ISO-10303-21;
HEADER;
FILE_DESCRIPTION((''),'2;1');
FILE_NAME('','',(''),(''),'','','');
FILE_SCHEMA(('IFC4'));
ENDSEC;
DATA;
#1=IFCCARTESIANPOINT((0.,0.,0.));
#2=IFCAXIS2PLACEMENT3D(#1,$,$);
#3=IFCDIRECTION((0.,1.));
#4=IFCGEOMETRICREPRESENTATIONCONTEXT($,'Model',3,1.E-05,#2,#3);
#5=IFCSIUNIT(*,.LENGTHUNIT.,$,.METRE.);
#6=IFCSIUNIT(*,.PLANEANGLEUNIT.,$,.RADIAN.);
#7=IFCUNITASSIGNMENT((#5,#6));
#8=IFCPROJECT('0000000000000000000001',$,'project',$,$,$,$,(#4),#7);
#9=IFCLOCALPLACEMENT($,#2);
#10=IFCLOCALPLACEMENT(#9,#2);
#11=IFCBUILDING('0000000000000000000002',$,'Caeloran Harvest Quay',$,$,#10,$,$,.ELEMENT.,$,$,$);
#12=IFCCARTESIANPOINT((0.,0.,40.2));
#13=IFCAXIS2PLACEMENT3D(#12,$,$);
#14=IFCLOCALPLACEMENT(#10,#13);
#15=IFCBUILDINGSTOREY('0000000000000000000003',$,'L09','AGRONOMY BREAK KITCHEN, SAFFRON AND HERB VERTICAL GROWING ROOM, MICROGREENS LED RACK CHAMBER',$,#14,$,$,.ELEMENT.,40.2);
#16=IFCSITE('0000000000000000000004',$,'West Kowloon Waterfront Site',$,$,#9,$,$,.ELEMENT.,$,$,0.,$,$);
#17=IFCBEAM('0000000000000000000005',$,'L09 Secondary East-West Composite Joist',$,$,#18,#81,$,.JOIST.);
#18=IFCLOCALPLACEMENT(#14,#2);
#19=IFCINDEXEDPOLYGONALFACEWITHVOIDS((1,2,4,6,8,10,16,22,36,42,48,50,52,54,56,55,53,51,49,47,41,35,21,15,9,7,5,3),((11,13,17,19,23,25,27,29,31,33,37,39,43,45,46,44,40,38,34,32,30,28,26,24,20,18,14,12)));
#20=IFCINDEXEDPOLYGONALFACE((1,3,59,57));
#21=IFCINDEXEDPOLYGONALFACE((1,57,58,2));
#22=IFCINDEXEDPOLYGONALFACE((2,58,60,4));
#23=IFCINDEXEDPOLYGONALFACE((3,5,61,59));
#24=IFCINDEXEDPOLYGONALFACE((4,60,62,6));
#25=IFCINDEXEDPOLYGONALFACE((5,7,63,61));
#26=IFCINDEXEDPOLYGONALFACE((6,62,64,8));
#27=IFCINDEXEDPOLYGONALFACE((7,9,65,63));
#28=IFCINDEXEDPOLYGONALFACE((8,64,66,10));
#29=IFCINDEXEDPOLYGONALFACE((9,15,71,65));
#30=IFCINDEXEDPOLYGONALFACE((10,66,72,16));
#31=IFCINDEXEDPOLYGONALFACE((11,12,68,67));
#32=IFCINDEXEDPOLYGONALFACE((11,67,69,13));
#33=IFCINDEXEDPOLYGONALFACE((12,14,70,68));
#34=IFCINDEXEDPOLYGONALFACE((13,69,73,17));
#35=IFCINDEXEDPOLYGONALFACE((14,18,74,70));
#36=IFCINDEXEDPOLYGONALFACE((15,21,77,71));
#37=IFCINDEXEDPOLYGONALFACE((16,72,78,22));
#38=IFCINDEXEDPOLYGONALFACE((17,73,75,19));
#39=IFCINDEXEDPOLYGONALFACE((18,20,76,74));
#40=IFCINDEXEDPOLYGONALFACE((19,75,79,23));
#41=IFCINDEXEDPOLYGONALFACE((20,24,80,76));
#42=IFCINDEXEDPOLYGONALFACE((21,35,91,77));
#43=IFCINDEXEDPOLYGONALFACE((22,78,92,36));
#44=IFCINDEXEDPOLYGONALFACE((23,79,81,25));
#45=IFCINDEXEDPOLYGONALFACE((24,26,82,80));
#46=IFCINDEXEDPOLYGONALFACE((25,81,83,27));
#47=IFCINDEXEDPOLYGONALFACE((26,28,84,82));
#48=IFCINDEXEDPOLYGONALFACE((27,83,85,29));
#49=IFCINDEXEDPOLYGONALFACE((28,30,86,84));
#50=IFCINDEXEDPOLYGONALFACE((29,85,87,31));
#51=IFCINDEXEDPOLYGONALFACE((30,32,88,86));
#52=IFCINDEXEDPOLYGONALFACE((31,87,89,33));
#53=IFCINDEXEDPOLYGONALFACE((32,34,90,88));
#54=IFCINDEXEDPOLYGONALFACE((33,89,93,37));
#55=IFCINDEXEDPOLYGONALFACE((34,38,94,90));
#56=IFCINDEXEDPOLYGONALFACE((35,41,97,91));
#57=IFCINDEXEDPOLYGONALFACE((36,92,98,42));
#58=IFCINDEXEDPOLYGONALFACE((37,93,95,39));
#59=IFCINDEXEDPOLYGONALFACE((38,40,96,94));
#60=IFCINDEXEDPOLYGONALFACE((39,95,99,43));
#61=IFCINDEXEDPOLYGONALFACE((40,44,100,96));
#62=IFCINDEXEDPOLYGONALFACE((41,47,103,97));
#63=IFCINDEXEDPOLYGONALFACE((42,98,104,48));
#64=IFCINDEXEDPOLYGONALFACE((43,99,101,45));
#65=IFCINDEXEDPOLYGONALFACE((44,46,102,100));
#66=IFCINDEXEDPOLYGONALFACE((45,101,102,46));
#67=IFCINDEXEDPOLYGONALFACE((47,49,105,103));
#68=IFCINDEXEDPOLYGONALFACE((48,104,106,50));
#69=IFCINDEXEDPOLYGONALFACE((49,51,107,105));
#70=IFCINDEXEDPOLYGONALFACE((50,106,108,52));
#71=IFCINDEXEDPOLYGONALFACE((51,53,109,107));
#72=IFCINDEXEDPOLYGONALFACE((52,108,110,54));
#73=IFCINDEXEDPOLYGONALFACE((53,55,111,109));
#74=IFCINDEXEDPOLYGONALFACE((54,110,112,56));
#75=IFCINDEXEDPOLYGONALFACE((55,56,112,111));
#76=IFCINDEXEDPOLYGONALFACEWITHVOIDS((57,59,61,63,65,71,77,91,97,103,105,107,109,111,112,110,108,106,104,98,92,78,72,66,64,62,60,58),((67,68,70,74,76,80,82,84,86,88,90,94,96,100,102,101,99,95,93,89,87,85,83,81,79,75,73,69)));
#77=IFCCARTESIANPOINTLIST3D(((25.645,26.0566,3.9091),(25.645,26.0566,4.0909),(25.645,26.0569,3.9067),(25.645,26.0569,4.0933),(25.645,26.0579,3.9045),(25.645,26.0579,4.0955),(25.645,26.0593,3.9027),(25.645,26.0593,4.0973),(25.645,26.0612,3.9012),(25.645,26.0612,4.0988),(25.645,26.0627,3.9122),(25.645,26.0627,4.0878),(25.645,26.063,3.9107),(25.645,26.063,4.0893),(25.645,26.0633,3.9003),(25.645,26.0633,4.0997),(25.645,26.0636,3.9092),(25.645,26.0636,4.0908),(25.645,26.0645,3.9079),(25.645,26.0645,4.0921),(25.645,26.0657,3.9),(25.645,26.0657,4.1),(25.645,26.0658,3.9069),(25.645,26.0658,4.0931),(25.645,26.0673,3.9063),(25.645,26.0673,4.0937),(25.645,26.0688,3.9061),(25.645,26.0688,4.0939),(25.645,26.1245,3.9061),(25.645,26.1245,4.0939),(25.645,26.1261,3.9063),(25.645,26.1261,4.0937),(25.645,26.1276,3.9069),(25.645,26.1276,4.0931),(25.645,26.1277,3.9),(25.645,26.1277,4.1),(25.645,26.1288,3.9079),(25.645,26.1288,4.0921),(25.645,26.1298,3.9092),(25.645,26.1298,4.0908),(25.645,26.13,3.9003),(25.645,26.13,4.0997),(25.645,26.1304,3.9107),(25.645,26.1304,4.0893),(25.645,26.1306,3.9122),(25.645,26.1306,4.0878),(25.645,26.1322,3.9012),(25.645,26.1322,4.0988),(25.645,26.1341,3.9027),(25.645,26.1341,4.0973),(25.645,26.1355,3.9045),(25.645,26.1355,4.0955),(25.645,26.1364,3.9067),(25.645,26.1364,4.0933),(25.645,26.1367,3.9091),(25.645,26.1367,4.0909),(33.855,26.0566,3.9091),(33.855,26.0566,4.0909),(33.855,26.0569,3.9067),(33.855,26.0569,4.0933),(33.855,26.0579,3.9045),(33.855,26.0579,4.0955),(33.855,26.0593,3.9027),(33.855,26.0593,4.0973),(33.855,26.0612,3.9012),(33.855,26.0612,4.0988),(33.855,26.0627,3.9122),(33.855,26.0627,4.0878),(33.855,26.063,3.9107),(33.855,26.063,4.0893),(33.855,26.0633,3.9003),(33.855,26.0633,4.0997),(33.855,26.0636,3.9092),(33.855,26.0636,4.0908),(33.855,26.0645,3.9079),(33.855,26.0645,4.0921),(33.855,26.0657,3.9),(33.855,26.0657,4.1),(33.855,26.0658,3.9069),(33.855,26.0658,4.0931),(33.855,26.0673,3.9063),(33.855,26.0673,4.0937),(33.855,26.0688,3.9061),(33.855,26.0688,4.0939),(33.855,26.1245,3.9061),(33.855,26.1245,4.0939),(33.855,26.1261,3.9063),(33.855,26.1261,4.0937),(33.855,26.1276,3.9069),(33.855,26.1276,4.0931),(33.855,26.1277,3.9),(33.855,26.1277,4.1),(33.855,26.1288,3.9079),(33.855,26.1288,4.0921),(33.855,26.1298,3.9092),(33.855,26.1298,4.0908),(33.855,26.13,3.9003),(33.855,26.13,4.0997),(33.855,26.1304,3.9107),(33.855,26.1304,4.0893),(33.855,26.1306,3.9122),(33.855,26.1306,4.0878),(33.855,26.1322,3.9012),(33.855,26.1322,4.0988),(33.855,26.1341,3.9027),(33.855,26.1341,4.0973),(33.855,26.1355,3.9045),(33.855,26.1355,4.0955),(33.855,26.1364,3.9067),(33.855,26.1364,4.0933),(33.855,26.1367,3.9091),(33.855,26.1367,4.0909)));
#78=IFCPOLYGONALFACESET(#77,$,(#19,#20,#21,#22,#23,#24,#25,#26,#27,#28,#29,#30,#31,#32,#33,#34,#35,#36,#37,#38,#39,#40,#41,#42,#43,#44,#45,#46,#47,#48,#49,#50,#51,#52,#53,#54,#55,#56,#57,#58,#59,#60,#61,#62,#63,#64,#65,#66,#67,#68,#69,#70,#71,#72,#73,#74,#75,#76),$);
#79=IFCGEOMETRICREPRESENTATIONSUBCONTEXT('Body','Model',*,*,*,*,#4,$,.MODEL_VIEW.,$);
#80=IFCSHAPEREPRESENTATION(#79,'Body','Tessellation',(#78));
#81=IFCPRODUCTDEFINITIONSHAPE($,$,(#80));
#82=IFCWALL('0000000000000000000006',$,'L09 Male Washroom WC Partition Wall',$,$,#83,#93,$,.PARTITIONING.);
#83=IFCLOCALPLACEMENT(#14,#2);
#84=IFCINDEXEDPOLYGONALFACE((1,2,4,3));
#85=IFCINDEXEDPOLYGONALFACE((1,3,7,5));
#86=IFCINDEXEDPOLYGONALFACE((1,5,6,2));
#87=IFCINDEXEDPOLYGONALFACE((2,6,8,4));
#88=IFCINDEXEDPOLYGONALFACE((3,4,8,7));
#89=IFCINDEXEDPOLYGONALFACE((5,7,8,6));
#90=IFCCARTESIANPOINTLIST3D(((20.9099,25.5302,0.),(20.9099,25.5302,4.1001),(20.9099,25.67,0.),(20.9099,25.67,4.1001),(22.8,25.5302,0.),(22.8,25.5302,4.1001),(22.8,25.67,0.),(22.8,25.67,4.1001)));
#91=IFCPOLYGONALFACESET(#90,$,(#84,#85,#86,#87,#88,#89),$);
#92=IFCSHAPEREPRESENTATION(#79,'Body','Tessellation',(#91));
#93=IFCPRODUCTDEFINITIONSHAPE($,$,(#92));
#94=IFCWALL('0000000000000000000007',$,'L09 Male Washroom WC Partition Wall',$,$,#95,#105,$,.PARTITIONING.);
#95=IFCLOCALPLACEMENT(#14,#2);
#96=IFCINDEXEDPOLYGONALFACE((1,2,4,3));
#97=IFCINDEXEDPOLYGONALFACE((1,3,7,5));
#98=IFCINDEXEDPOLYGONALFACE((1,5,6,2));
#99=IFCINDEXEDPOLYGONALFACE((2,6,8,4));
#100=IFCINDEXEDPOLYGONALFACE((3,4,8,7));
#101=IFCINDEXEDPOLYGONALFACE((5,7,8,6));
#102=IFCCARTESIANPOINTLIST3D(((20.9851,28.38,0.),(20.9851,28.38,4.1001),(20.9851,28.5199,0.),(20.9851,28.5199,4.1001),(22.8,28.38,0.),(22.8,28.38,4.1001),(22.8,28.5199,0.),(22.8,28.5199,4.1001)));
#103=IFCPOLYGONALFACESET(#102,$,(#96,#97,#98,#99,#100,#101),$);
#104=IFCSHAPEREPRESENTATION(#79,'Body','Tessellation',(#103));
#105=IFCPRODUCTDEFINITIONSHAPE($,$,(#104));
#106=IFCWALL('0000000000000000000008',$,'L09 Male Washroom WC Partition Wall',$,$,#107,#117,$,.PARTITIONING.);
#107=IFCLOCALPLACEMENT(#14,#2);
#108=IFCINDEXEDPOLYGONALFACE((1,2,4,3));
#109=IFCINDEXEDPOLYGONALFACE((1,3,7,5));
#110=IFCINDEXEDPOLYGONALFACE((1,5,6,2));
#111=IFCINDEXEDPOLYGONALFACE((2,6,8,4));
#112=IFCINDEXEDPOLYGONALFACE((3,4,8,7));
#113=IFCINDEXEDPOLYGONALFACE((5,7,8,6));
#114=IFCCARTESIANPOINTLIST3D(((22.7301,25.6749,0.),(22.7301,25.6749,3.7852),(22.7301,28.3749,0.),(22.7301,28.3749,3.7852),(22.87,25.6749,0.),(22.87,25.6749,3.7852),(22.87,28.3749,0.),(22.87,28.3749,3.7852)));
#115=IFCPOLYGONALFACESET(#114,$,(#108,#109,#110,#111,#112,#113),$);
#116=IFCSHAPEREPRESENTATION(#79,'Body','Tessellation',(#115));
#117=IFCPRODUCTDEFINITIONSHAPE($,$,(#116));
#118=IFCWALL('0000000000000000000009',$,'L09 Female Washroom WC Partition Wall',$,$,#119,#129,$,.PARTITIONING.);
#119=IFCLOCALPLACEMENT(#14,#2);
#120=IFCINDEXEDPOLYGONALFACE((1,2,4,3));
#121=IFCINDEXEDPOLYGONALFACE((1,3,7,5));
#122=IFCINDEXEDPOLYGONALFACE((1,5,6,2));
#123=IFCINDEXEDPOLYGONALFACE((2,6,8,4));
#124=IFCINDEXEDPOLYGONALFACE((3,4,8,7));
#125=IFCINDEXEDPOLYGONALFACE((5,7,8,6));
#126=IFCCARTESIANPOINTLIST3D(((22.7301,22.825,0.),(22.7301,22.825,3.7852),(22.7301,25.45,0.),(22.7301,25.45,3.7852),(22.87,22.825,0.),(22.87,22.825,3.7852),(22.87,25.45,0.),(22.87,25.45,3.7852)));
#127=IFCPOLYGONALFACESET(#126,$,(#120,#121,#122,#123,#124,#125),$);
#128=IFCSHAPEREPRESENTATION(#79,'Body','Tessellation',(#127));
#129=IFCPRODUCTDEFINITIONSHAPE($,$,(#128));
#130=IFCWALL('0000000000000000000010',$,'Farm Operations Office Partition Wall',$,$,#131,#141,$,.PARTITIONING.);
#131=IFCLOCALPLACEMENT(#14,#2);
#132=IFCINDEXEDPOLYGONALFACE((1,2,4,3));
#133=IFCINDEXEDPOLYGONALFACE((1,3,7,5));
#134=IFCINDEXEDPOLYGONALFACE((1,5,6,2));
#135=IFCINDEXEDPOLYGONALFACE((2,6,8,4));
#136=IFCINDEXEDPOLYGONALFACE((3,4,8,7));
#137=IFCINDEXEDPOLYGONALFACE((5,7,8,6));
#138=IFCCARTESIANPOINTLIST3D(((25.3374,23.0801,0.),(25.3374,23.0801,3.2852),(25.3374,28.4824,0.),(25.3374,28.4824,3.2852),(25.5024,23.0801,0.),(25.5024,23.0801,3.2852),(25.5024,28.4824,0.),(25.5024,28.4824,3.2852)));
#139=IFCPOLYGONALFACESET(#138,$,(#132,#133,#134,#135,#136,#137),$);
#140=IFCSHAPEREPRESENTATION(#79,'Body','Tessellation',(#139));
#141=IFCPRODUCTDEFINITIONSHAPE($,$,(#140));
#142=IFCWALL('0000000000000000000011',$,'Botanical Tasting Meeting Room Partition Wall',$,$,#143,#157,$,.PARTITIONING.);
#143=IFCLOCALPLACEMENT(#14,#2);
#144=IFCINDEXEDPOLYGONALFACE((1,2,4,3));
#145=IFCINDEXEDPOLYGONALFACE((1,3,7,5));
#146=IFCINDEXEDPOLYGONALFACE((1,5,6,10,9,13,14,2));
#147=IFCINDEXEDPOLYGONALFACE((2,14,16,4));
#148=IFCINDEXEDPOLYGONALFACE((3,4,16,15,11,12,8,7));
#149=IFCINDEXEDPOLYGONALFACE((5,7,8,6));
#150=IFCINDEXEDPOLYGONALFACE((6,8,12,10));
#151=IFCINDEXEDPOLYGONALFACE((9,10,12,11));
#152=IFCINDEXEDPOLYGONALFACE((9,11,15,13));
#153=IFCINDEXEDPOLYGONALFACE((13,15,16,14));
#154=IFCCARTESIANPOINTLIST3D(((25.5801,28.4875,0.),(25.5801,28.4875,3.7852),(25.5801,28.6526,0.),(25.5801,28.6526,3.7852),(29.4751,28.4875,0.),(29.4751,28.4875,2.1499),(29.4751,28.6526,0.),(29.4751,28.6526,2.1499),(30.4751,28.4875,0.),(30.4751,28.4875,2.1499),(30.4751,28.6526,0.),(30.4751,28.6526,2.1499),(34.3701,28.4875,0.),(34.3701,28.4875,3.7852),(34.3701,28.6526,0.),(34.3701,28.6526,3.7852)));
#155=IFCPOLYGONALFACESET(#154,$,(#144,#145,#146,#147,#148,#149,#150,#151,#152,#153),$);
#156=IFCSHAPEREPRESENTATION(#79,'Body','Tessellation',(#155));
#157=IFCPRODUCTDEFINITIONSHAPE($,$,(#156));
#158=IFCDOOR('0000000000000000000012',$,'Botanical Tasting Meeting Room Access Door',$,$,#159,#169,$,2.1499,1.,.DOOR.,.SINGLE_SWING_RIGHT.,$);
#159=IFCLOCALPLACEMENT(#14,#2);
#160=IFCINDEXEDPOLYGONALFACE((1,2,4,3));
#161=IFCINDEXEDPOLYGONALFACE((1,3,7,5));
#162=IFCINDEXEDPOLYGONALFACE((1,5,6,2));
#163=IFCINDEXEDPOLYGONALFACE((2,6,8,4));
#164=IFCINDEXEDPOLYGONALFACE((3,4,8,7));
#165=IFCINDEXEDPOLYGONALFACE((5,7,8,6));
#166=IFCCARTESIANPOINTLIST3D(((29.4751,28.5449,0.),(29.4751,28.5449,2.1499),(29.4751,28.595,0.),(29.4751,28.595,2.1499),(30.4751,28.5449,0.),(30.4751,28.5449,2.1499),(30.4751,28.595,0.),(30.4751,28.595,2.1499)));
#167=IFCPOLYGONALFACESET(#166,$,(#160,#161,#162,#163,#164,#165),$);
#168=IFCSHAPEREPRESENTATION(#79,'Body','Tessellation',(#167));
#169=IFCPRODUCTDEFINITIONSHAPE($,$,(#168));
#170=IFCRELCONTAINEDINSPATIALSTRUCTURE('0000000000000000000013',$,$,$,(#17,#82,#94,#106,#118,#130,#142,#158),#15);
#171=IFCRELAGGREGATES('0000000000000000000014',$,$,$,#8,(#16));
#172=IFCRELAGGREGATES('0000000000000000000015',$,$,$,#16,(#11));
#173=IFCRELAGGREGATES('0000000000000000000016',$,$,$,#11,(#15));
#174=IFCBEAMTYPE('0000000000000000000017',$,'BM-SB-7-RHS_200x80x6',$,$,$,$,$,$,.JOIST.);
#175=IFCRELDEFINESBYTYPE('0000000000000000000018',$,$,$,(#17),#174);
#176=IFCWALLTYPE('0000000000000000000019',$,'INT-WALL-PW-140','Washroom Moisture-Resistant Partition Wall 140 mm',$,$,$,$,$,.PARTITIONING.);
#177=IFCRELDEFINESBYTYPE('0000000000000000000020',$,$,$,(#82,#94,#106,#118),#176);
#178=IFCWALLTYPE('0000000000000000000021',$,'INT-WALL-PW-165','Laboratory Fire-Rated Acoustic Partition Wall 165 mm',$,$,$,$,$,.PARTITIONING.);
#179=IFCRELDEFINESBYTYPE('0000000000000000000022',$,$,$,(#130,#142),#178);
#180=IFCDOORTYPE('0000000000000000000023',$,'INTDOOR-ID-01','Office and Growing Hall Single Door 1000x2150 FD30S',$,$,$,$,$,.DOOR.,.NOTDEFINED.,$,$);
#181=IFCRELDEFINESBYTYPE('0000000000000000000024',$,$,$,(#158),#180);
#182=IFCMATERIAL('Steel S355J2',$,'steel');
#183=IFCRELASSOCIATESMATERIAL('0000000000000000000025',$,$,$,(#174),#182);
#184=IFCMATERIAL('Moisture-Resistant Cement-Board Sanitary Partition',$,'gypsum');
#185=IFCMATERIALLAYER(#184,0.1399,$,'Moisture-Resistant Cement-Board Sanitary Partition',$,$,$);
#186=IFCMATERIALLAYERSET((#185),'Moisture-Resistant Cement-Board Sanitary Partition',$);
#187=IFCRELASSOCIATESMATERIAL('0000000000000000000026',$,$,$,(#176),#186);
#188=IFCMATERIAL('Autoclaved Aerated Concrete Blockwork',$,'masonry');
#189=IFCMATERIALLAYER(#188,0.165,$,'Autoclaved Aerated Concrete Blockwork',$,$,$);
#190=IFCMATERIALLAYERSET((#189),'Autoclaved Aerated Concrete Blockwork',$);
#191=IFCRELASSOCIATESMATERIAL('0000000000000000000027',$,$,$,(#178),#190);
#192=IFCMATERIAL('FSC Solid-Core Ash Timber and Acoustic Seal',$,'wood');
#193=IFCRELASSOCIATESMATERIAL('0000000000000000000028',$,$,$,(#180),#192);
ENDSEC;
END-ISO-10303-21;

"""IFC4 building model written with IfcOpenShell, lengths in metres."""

from ifc_helpers import new_model, si_unit, direction, frame, frame_2d, origin, origin_2d, place, context, subcontext, project, spatial, rectangle, hollow_rectangle, extrude, material, layer, layer_set, material_profile, profile_set, type_object, element, fill, save


model = new_model("IFC4")

# Units and contexts
model_context = context("Model", 3, precision=1e-05, world=origin(), true_north=direction((0.0, 1.0)))
body_context = subcontext(model_context, "Body", "Model", "MODEL_VIEW")
ifc_project = project(units=[si_unit("LENGTHUNIT", "METRE"), si_unit("PLANEANGLEUNIT", "RADIAN")], contexts=[model_context])

# Site, building, storey
site_placement = place(None, origin())
site = spatial("IfcSite", under=ifc_project, at=site_placement, Name="West Kowloon Waterfront Site", CompositionType="ELEMENT", RefElevation=0.0)
building_placement = place(site_placement, origin())
building = spatial("IfcBuilding", under=site, at=building_placement, Name="Caeloran Harvest Quay", CompositionType="ELEMENT")
storey_placement = place(building_placement, frame((0.0, 0.0, 40.2)))
storey = spatial("IfcBuildingStorey", under=building, at=storey_placement, Name="L09", Description="AGRONOMY BREAK KITCHEN, SAFFRON AND HERB VERTICAL GROWING ROOM, MICROGREENS LED RACK CHAMBER", CompositionType="ELEMENT", Elevation=40.2)

# Beam
ifc_material_1 = material(Name="Steel S355J2", Category="steel")
ifc_material_profile_1 = material_profile(ifc_material_1, hollow_rectangle(XDim=0.0801, YDim=0.2, WallThickness=0.0061, InnerFilletRadius=0.0061, OuterFilletRadius=0.009, at=origin_2d()), Name="RHS 200x80x6")
ifc_profile_set_1 = profile_set([ifc_material_profile_1], Name="Steel S355J2")
beam_type_1 = type_object("IfcBeamType", Name="BM-SB-7-RHS_200x80x6", PredefinedType="JOIST", material=ifc_profile_set_1)
for number, where, z_axis, x_axis, name in (
    (1, (25.645, 26.0967, 4.0), (1.0, 0.0, 0.0), (0.0, 1.0, 0.0), "L09 Secondary East-West Composite Joist"),
):
    element("IfcBeam", number, at=place(storey_placement, frame(where, z_axis=z_axis, x_axis=x_axis)), inside=storey, type_object=beam_type_1, Name=name, PredefinedType="JOIST", context=body_context, shape_type="SweptSolid", body=[
        extrude(hollow_rectangle(XDim=0.0801, YDim=0.2, WallThickness=0.0061, InnerFilletRadius=0.0061, OuterFilletRadius=0.009, at=origin_2d()), origin(), (0.0, 0.0, 1.0), 8.21),
    ])

# Wall
ifc_material_2 = material(Name="Moisture-Resistant Cement-Board Sanitary Partition", Category="gypsum")
ifc_layer_1 = layer(ifc_material_2, 0.1399, Name="Moisture-Resistant Cement-Board Sanitary Partition")
ifc_layer_set_1 = layer_set([ifc_layer_1], Name="Moisture-Resistant Cement-Board Sanitary Partition")
wall_type_1 = type_object("IfcWallType", Name="INT-WALL-PW-140", Description="Washroom Moisture-Resistant Partition Wall 140 mm", PredefinedType="PARTITIONING", material=ifc_layer_set_1)
wall_1_placement = place(storey_placement, frame((22.8, 25.6001, 0.0), z_axis=(0.0, 0.0, 1.0), x_axis=(-1.0, 0.0, 0.0)))
element("IfcWall", 2, at=wall_1_placement, inside=storey, type_object=wall_type_1, Name="L09 Male Washroom WC Partition Wall", PredefinedType="PARTITIONING", context=body_context, shape_type="SweptSolid", body=[
    extrude(rectangle(XDim=1.8901, YDim=0.1399, at=frame_2d((0.9451, 0.0))), origin(), (0.0, 0.0, 1.0), 4.1001),
])

# Walls
wall_2_placement = place(storey_placement, frame((20.9851, 28.45, 0.0), z_axis=(0.0, 0.0, 1.0), x_axis=(1.0, 0.0, 0.0)))
element("IfcWall", 3, at=wall_2_placement, inside=storey, type_object=wall_type_1, Name="L09 Male Washroom WC Partition Wall", PredefinedType="PARTITIONING", context=body_context, shape_type="SweptSolid", body=[
    extrude(rectangle(XDim=1.8149, YDim=0.1399, at=frame_2d((0.9075, 0.0))), origin(), (0.0, 0.0, 1.0), 4.1001),
])
wall_3_placement = place(storey_placement, frame((22.8, 28.375, 0.0), z_axis=(0.0, 0.0, 1.0), x_axis=(0.0, -1.0, 0.0)))
element("IfcWall", 4, at=wall_3_placement, inside=storey, type_object=wall_type_1, Name="L09 Male Washroom WC Partition Wall", PredefinedType="PARTITIONING", context=body_context, shape_type="SweptSolid", body=[
    extrude(rectangle(XDim=2.7, YDim=0.1399, at=frame_2d((1.3501, 0.0))), origin(), (0.0, 0.0, 1.0), 3.7852),
])
wall_4_placement = place(storey_placement, frame((22.8, 25.45, 0.0), z_axis=(0.0, 0.0, 1.0), x_axis=(0.0, -1.0, 0.0)))
element("IfcWall", 5, at=wall_4_placement, inside=storey, type_object=wall_type_1, Name="L09 Female Washroom WC Partition Wall", PredefinedType="PARTITIONING", context=body_context, shape_type="SweptSolid", body=[
    extrude(rectangle(XDim=2.625, YDim=0.1399, at=frame_2d((1.3125, 0.0))), origin(), (0.0, 0.0, 1.0), 3.7852),
])

# Shared definitions
ifc_material_3 = material(Name="Autoclaved Aerated Concrete Blockwork", Category="masonry")
ifc_layer_2 = layer(ifc_material_3, 0.165, Name="Autoclaved Aerated Concrete Blockwork")
ifc_layer_set_2 = layer_set([ifc_layer_2], Name="Autoclaved Aerated Concrete Blockwork")
wall_type_2 = type_object("IfcWallType", Name="INT-WALL-PW-165", Description="Laboratory Fire-Rated Acoustic Partition Wall 165 mm", PredefinedType="PARTITIONING", material=ifc_layer_set_2)
ifc_material_4 = material(Name="FSC Solid-Core Ash Timber and Acoustic Seal", Category="wood")
door_type_1 = type_object("IfcDoorType", Name="INTDOOR-ID-01", Description="Office and Growing Hall Single Door 1000x2150 FD30S", OperationType="NOTDEFINED", PredefinedType="DOOR", material=ifc_material_4)

# Wall
wall_5_placement = place(storey_placement, frame((25.4199, 28.4824, 0.0), z_axis=(0.0, 0.0, 1.0), x_axis=(0.0, -1.0, 0.0)))
element("IfcWall", 6, at=wall_5_placement, inside=storey, type_object=wall_type_2, Name="Farm Operations Office Partition Wall", PredefinedType="PARTITIONING", context=body_context, shape_type="SweptSolid", body=[
    extrude(rectangle(XDim=5.4023, YDim=0.165, at=frame_2d((2.7012, 0.0))), origin(), (0.0, 0.0, 1.0), 3.2852),
])

# Wall, opening, door
wall_6_placement = place(storey_placement, frame((25.5801, 28.5701, 0.0), z_axis=(0.0, 0.0, 1.0), x_axis=(1.0, 0.0, 0.0)))
wall_6 = element("IfcWall", 7, at=wall_6_placement, inside=storey, type_object=wall_type_2, Name="Botanical Tasting Meeting Room Partition Wall", PredefinedType="PARTITIONING", context=body_context, shape_type="SweptSolid", body=[
    extrude(rectangle(XDim=8.79, YDim=0.165, at=frame_2d((4.395, 0.0))), origin(), (0.0, 0.0, 1.0), 3.7852),
])
opening_1_placement = place(wall_6_placement, frame((3.895, 0.0, 0.0)))
opening_1 = element("IfcOpeningElement", 8, at=opening_1_placement, cuts=wall_6, PredefinedType="OPENING", context=body_context, shape_type="SweptSolid", body=[
    extrude(rectangle(XDim=1.0, YDim=2.1499, at=frame_2d((0.5, 1.075))), frame((0.0, 0.0925, 0.0), z_axis=(0.0, -1.0, 0.0), x_axis=(1.0, 0.0, 0.0)), (0.0, 0.0, 1.0), 0.1851),
])
door_1_placement = place(opening_1_placement, origin())
door_1 = element("IfcDoor", 9, at=door_1_placement, inside=storey, type_object=door_type_1, Name="Botanical Tasting Meeting Room Access Door", OperationType="SINGLE_SWING_RIGHT", OverallHeight=2.1499, OverallWidth=1.0, PredefinedType="DOOR", context=body_context, shape_type="SweptSolid", body=[
    extrude(rectangle(XDim=1.0, YDim=2.1499, at=frame_2d((0.5, 1.075))), frame((0.0, 0.0249, 0.0), z_axis=(0.0, -1.0, 0.0), x_axis=(1.0, 0.0, 0.0)), (0.0, 0.0, 1.0), 0.05),
])
fill(opening_1, door_1)

save(model, "model.ifc")
